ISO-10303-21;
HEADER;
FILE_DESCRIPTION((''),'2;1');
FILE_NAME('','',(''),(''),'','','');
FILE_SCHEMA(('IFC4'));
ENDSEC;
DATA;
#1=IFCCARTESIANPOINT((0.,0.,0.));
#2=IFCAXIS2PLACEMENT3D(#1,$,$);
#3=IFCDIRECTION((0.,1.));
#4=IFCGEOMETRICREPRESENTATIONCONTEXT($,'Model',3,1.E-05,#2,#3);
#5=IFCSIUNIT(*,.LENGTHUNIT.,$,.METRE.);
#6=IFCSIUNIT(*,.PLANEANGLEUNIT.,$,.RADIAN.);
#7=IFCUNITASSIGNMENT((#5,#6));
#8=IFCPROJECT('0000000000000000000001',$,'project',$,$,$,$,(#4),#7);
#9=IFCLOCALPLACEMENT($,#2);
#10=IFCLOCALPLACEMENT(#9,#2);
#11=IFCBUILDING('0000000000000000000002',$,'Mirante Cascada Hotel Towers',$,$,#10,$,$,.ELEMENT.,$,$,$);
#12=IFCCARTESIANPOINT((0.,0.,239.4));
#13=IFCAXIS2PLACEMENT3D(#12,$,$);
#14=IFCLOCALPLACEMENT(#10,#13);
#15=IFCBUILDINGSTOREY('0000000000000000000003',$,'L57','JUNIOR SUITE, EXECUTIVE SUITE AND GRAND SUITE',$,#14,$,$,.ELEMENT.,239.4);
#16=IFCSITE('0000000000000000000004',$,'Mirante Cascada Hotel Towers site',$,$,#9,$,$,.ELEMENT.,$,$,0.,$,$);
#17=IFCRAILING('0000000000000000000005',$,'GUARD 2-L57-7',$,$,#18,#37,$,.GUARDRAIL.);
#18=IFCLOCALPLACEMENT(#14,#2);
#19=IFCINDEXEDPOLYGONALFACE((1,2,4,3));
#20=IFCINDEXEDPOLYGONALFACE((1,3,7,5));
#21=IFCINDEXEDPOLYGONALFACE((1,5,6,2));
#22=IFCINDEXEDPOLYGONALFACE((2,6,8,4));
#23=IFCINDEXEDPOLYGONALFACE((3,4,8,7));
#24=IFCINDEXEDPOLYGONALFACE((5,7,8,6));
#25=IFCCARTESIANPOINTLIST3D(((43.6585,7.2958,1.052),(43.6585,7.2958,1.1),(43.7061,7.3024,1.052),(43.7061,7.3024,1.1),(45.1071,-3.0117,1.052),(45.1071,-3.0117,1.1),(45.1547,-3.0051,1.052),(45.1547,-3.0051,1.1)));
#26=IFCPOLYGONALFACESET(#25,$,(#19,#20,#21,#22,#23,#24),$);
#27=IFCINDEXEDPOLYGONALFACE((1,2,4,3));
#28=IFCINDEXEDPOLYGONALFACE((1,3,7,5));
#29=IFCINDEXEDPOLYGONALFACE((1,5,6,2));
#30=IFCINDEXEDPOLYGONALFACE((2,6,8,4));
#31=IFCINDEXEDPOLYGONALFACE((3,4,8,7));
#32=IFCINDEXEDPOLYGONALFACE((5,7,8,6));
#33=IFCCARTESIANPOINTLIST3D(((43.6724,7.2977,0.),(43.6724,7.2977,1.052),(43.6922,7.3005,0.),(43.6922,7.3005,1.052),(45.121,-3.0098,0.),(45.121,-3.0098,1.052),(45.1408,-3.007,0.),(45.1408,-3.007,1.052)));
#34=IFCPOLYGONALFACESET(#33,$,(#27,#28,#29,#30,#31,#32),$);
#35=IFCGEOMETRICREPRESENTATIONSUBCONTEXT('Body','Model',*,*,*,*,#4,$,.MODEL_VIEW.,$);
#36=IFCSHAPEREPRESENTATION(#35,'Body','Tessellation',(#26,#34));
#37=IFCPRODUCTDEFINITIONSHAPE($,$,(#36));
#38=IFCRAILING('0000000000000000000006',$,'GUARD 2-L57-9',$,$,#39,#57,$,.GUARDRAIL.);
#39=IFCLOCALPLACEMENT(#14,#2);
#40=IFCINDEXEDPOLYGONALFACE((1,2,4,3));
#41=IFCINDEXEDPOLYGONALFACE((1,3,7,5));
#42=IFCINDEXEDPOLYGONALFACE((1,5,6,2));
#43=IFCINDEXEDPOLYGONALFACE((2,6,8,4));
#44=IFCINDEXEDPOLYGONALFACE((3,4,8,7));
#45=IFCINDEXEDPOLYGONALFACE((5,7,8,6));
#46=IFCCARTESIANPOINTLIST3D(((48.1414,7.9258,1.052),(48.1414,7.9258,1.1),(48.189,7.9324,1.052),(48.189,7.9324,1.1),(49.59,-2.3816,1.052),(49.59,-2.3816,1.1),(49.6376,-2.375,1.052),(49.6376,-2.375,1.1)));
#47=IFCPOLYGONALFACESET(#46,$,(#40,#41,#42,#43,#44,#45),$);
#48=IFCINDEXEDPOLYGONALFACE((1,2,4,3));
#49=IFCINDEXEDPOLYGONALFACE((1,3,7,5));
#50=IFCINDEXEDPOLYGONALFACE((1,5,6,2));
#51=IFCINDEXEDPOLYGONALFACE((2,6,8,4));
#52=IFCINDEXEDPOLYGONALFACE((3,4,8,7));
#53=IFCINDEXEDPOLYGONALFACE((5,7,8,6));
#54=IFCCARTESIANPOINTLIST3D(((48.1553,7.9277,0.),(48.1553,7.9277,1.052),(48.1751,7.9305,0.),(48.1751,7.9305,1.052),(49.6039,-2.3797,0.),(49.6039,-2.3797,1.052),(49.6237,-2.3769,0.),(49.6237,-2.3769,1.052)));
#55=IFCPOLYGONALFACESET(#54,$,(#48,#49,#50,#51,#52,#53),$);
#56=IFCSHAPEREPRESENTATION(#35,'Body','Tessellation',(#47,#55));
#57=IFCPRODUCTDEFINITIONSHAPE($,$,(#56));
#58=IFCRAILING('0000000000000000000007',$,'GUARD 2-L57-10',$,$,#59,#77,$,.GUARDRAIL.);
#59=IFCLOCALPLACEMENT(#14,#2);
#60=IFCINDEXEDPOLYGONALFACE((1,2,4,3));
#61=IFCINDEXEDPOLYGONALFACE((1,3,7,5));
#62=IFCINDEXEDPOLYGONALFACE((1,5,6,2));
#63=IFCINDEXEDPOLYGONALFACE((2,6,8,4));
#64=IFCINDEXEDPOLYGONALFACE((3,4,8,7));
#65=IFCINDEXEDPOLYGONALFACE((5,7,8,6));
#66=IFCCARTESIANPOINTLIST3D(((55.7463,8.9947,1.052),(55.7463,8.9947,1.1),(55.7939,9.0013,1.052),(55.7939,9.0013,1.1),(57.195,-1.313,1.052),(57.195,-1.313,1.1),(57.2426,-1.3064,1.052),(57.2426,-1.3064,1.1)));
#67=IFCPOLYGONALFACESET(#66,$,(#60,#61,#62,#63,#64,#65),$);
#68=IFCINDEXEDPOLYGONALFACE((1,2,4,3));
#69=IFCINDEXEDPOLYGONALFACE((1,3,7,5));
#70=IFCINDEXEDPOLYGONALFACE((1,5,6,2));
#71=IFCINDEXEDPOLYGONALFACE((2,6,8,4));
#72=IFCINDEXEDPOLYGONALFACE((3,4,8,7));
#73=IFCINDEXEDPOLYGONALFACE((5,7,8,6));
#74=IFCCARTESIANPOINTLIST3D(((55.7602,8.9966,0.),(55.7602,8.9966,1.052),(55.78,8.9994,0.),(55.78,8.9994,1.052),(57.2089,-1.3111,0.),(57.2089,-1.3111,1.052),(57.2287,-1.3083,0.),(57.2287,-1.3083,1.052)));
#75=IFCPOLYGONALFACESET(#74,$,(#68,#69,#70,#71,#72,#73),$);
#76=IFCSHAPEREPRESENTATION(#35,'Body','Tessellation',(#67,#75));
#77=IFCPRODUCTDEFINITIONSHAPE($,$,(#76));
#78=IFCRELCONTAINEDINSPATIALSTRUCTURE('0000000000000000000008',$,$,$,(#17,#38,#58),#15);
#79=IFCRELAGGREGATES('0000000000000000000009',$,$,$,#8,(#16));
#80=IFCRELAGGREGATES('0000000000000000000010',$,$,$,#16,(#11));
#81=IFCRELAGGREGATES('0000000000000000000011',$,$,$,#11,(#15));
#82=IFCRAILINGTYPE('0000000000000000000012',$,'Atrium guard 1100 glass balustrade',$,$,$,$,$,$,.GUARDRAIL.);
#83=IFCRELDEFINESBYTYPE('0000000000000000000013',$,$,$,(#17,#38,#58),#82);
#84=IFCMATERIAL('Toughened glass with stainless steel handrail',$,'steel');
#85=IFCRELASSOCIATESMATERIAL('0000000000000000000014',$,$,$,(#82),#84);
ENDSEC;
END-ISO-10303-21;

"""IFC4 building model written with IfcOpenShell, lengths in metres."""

from ifc_helpers import new_model, si_unit, direction, frame, origin, origin_2d, place, context, subcontext, project, spatial, rectangle, extrude, material, type_object, element, save


model = new_model("IFC4")

# Units and contexts
model_context = context("Model", 3, precision=1e-05, world=origin(), true_north=direction((0.0, 1.0)))
body_context = subcontext(model_context, "Body", "Model", "MODEL_VIEW")
ifc_project = project(units=[si_unit("LENGTHUNIT", "METRE"), si_unit("PLANEANGLEUNIT", "RADIAN")], contexts=[model_context])

# Site, building, storey
site_placement = place(None, origin())
site = spatial("IfcSite", under=ifc_project, at=site_placement, Name="Mirante Cascada Hotel Towers site", CompositionType="ELEMENT", RefElevation=0.0)
building_placement = place(site_placement, origin())
building = spatial("IfcBuilding", under=site, at=building_placement, Name="Mirante Cascada Hotel Towers", CompositionType="ELEMENT")
storey_placement = place(building_placement, frame((0.0, 0.0, 239.4)))
storey = spatial("IfcBuildingStorey", under=building, at=storey_placement, Name="L57", Description="JUNIOR SUITE, EXECUTIVE SUITE AND GRAND SUITE", CompositionType="ELEMENT", Elevation=239.4)

# Railings
ifc_material_1 = material(Name="Toughened glass with stainless steel handrail", Category="steel")
railing_type = type_object("IfcRailingType", Name="Atrium guard 1100 glass balustrade", PredefinedType="GUARDRAIL", material=ifc_material_1)
railing_1_placement = place(storey_placement, frame((43.6823, 7.2991, 0.0)))
element("IfcRailing", 1, at=railing_1_placement, inside=storey, type_object=railing_type, Name="GUARD 2-L57-7", PredefinedType="GUARDRAIL", context=body_context, shape_type="SweptSolid", body=[
    extrude(rectangle(XDim=0.048, YDim=0.048, at=origin_2d()), frame((0.0, 0.0, 1.076), z_axis=(0.139171, -0.990268, 0.0), x_axis=(0.990268, 0.139171, 0.0)), (0.0, 0.0, 1.0), 10.4088),
    extrude(rectangle(XDim=0.02, YDim=1.052, at=origin_2d()), frame((0.0, 0.0, 0.526), z_axis=(0.139171, -0.990268, 0.0), x_axis=(0.990268, 0.139171, 0.0)), (0.0, 0.0, 1.0), 10.4088),
])
railing_2_placement = place(storey_placement, frame((48.1652, 7.9291, 0.0)))
element("IfcRailing", 2, at=railing_2_placement, inside=storey, type_object=railing_type, Name="GUARD 2-L57-9", PredefinedType="GUARDRAIL", context=body_context, shape_type="SweptSolid", body=[
    extrude(rectangle(XDim=0.048, YDim=0.048, at=origin_2d()), frame((0.0, 0.0, 1.076), z_axis=(0.139172, -0.990268, 0.0), x_axis=(0.990268, 0.139172, 0.0)), (0.0, 0.0, 1.0), 10.4087),
    extrude(rectangle(XDim=0.02, YDim=1.052, at=origin_2d()), frame((0.0, 0.0, 0.526), z_axis=(0.139172, -0.990268, 0.0), x_axis=(0.990268, 0.139172, 0.0)), (0.0, 0.0, 1.0), 10.4087),
])
railing_3_placement = place(storey_placement, frame((57.2188, -1.3097, 0.0)))
element("IfcRailing", 3, at=railing_3_placement, inside=storey, type_object=railing_type, Name="GUARD 2-L57-10", PredefinedType="GUARDRAIL", context=body_context, shape_type="SweptSolid", body=[
    extrude(rectangle(XDim=0.048, YDim=0.048, at=origin_2d()), frame((0.0, 0.0, 1.076), z_axis=(-0.139178, 0.990267, 0.0), x_axis=(-0.990267, -0.139178, 0.0)), (0.0, 0.0, 1.0), 10.409),
    extrude(rectangle(XDim=0.02, YDim=1.052, at=origin_2d()), frame((0.0, 0.0, 0.526), z_axis=(-0.139178, 0.990267, 0.0), x_axis=(-0.990267, -0.139178, 0.0)), (0.0, 0.0, 1.0), 10.409),
])

save(model, "model.ifc")
